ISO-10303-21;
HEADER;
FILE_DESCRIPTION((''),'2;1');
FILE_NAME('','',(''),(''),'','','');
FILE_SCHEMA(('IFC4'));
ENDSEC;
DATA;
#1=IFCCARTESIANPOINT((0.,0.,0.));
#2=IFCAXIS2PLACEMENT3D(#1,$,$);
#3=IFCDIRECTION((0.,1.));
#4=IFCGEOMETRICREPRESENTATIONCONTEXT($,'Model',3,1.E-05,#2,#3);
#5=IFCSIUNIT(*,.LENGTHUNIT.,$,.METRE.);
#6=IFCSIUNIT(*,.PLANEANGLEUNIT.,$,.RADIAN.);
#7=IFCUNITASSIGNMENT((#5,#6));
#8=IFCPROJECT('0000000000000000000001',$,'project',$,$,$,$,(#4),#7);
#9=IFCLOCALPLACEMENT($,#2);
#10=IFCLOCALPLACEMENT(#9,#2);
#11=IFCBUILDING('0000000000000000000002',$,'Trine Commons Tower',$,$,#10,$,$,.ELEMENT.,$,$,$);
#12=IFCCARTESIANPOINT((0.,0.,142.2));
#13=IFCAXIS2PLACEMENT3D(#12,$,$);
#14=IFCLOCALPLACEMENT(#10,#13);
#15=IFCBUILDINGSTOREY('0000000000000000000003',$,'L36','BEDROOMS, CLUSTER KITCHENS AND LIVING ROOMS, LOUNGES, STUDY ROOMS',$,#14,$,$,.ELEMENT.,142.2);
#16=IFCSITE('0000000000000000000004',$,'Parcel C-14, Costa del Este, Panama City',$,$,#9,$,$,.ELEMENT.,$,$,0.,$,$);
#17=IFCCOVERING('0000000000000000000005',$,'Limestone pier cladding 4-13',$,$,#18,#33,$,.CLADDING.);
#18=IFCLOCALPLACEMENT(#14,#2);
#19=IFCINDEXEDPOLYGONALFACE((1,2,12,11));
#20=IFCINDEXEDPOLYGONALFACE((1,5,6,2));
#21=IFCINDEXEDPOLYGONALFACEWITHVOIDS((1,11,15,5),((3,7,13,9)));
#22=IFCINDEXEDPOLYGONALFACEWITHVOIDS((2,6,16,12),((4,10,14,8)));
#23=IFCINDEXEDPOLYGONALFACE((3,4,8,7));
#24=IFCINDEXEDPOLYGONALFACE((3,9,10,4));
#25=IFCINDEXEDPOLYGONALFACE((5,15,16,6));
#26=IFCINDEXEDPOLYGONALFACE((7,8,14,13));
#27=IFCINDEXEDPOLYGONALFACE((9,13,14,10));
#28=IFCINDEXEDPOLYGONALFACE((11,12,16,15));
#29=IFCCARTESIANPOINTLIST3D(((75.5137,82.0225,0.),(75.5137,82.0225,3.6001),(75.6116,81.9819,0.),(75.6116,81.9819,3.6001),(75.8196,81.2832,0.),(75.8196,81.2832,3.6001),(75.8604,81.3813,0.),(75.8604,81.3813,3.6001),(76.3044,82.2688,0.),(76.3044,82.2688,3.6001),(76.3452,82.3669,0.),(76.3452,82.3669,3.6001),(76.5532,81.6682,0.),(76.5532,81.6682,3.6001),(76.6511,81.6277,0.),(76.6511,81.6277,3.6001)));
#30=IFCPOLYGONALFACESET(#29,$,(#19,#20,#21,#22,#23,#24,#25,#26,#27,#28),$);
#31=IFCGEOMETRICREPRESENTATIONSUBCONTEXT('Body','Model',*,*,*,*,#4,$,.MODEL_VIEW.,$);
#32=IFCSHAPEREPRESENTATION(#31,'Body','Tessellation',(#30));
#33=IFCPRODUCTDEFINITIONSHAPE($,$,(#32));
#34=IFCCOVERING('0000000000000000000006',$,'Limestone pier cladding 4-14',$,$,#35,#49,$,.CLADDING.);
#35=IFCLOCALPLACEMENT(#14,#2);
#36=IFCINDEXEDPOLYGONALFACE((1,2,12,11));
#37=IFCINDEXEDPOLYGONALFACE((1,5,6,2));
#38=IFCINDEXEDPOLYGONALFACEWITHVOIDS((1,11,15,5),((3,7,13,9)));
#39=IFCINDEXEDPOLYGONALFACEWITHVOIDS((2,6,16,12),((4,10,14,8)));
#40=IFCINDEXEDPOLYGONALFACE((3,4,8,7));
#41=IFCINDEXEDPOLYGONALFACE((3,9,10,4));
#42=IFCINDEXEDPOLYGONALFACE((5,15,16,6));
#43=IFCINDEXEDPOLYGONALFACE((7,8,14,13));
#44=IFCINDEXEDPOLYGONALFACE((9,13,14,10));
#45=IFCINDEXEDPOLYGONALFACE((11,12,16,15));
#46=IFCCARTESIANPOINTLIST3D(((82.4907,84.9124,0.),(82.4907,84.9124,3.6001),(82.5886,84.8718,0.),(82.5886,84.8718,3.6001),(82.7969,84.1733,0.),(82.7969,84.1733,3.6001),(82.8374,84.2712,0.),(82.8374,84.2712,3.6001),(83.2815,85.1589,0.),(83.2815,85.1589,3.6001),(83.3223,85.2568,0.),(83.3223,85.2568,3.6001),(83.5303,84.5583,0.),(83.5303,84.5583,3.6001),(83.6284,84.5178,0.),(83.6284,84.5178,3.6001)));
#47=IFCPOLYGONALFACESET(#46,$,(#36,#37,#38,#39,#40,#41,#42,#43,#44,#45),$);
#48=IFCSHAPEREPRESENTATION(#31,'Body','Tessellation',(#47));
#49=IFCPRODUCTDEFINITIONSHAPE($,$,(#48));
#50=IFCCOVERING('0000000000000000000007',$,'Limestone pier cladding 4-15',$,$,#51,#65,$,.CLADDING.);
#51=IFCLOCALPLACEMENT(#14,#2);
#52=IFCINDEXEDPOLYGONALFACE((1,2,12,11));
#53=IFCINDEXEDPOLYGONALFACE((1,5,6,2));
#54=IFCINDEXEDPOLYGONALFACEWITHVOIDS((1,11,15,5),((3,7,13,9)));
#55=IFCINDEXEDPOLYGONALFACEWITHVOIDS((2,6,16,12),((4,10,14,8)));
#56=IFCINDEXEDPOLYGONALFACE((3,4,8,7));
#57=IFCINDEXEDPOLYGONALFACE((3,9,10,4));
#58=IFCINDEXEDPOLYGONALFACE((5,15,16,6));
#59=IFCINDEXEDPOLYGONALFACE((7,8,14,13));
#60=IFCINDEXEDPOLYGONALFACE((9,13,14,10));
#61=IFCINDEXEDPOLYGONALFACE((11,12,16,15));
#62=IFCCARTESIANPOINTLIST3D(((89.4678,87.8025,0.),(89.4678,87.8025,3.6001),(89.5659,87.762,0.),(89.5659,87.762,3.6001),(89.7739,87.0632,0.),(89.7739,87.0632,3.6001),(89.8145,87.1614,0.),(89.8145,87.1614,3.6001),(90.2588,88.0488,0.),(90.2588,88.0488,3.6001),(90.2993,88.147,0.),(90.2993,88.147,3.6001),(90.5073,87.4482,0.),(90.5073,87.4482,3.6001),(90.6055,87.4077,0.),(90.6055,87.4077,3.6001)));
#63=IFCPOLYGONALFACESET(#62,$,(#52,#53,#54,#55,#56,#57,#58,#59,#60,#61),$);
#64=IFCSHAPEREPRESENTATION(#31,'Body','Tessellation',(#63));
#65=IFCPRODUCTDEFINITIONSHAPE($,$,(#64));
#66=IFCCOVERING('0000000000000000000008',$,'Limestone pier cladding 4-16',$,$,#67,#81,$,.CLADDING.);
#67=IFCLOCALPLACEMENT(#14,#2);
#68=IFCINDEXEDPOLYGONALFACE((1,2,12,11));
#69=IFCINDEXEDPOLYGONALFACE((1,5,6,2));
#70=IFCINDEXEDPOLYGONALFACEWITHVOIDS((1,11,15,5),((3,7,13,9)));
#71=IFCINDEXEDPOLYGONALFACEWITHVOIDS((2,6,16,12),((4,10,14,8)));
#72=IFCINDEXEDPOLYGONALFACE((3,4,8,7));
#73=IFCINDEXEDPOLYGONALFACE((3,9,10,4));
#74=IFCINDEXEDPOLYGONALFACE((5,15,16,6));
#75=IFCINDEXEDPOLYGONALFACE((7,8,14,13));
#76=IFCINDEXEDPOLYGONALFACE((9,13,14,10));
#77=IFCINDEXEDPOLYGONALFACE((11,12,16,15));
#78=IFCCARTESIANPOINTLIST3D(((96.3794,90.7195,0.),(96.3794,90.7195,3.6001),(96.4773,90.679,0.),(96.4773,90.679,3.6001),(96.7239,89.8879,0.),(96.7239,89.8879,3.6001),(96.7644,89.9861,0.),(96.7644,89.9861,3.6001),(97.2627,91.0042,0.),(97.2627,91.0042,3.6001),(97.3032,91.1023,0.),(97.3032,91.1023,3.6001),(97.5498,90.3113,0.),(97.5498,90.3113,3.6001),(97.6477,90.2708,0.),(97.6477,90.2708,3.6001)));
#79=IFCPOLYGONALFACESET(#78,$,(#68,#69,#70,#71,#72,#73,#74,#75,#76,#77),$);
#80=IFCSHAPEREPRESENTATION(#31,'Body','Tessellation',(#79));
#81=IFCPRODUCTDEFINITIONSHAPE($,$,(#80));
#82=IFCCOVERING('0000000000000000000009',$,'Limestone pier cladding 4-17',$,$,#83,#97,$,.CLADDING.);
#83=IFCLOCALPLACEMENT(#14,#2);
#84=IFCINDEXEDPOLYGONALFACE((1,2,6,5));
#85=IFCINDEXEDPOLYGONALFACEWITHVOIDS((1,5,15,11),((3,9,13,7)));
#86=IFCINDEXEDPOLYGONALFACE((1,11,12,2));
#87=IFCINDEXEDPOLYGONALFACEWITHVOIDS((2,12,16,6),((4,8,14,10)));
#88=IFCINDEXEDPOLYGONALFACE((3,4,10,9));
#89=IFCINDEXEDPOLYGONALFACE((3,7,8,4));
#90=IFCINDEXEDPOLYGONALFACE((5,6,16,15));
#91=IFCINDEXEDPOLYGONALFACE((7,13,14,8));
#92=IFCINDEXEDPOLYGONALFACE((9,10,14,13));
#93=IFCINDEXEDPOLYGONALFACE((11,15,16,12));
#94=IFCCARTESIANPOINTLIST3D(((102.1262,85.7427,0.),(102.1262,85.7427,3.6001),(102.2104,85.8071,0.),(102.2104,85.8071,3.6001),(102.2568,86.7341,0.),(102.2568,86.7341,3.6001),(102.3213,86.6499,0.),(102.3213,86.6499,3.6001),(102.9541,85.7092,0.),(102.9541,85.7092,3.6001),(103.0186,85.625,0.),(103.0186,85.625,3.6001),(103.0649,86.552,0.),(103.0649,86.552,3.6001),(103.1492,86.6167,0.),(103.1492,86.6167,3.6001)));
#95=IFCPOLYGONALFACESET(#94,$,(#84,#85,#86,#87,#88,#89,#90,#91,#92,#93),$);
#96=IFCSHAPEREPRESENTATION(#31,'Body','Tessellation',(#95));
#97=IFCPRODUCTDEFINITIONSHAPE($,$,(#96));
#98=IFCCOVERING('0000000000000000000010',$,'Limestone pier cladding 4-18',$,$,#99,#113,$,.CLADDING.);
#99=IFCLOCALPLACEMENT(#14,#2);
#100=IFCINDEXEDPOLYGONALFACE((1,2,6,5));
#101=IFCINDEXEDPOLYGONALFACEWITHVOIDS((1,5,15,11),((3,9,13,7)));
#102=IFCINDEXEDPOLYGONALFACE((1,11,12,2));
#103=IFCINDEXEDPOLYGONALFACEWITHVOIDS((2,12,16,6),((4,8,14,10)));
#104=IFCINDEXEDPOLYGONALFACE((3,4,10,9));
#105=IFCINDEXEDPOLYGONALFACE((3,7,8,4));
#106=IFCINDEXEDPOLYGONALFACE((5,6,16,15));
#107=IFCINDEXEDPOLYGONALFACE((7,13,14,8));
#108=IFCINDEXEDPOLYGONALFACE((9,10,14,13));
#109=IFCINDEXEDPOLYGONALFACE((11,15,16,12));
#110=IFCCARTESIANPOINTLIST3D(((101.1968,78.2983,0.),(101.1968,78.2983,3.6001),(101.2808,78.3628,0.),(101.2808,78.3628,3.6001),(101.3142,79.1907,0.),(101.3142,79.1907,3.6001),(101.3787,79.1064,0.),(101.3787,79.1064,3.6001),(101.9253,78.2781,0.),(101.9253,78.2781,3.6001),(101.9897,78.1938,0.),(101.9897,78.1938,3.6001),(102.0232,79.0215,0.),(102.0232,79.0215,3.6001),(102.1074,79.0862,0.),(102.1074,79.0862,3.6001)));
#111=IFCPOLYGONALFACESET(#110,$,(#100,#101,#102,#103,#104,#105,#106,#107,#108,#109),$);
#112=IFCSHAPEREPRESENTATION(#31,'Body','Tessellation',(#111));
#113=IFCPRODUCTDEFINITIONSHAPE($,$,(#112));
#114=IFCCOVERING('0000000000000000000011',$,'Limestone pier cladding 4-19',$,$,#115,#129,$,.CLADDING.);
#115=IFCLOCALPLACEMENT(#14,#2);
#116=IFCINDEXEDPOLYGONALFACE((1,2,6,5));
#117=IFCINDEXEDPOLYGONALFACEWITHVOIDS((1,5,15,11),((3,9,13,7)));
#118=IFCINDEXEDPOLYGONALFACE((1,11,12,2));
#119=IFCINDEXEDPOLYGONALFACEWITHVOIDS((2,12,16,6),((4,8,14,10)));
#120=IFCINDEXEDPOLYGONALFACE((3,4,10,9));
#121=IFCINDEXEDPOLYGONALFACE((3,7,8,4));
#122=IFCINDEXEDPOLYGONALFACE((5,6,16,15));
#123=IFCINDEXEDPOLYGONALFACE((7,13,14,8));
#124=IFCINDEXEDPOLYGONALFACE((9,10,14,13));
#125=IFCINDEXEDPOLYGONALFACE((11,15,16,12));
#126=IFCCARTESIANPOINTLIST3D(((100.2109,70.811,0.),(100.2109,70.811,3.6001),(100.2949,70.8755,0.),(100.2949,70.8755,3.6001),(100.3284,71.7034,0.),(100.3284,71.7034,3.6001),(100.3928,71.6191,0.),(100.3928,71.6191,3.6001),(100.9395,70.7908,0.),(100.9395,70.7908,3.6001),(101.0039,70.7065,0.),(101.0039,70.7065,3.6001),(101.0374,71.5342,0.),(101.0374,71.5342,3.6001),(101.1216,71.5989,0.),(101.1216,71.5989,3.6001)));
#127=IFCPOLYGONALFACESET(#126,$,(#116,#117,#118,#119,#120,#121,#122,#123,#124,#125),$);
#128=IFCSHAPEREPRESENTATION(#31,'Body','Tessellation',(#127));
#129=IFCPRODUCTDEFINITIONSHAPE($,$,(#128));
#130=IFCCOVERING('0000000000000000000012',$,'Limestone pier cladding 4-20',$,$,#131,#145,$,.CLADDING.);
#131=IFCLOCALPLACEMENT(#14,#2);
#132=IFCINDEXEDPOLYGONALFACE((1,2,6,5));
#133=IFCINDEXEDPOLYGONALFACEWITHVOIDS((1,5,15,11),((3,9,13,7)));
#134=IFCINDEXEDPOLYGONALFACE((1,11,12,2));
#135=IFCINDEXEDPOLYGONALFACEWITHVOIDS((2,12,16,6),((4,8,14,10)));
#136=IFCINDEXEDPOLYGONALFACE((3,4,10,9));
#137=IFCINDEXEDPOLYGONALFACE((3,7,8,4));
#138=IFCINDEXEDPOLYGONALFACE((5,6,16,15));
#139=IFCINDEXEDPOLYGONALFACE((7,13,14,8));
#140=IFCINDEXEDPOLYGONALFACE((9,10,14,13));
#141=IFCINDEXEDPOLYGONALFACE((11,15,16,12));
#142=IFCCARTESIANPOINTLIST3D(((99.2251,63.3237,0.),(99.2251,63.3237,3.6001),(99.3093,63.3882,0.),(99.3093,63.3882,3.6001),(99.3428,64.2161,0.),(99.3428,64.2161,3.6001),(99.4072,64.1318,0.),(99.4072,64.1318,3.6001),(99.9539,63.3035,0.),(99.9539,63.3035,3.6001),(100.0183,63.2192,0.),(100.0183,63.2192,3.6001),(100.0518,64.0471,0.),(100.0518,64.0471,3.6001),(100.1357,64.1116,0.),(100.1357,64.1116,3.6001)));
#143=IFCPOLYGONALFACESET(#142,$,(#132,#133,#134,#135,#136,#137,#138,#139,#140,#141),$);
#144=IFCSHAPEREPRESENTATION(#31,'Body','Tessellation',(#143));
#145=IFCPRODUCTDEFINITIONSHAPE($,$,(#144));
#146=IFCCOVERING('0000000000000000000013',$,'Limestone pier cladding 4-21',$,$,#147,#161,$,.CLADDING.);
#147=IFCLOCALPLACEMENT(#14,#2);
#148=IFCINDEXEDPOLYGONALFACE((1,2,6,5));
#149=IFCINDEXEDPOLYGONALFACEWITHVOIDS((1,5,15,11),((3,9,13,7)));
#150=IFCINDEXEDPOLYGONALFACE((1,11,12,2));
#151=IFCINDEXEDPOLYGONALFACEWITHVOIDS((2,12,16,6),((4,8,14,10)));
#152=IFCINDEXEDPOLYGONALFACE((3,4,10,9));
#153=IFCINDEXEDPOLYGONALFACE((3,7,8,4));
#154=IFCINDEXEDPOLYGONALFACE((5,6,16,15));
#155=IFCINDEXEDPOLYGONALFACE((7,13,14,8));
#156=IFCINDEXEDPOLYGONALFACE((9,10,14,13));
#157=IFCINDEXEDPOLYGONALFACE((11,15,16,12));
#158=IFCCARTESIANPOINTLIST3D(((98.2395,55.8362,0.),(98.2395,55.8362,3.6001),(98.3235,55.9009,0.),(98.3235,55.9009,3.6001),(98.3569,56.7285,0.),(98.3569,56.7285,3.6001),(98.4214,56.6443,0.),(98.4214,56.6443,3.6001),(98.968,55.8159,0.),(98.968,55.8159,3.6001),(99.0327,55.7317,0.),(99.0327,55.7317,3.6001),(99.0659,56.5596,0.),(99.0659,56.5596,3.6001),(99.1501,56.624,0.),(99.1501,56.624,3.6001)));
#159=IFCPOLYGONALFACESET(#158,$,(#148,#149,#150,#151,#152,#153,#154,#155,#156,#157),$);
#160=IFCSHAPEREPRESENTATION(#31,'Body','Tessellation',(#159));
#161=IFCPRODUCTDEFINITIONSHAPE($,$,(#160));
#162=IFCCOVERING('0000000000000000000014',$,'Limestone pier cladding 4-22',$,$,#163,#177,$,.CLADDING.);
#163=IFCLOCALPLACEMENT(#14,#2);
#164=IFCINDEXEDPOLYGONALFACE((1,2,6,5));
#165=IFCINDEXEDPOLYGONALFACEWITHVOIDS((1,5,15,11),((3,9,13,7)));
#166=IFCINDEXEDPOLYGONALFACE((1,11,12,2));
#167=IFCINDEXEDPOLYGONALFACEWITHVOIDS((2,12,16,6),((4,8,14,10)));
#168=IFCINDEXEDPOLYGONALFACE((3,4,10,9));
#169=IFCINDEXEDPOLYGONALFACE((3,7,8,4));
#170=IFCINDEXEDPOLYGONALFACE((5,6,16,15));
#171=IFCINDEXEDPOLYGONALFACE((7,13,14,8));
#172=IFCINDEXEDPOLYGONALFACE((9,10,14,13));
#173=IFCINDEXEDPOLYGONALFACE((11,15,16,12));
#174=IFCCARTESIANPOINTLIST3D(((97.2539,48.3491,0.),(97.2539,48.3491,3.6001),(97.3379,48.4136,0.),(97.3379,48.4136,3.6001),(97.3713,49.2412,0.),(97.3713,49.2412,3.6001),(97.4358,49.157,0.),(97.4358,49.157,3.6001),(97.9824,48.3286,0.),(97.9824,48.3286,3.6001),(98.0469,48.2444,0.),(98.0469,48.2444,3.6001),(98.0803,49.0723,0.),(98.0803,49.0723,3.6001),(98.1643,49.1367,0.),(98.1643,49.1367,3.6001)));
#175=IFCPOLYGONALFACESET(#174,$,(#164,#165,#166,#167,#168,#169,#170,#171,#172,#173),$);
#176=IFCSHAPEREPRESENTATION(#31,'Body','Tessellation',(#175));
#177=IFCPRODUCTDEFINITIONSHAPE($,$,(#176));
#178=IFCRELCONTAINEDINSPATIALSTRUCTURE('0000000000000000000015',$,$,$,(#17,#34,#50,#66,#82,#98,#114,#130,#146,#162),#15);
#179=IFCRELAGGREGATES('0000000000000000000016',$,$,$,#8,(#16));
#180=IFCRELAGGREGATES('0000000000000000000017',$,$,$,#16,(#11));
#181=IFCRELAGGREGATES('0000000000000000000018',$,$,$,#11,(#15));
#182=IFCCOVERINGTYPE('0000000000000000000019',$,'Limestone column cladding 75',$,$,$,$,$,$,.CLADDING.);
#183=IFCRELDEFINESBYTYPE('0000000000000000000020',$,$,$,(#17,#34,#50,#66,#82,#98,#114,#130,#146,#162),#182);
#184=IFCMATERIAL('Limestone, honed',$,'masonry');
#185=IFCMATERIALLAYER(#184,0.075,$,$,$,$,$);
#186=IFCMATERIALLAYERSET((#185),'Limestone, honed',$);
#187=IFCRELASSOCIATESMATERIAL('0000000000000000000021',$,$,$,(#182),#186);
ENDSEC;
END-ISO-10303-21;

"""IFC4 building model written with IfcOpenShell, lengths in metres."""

from ifc_helpers import new_model, si_unit, direction, frame, origin, place, context, subcontext, project, spatial, polyline, outline, extrude, material, layer, layer_set, type_object, element, save


model = new_model("IFC4")

# Units and contexts
model_context = context("Model", 3, precision=1e-05, world=origin(), true_north=direction((0.0, 1.0)))
body_context = subcontext(model_context, "Body", "Model", "MODEL_VIEW")
ifc_project = project(units=[si_unit("LENGTHUNIT", "METRE"), si_unit("PLANEANGLEUNIT", "RADIAN")], contexts=[model_context])

# Site, building, storey
site_placement = place(None, origin())
site = spatial("IfcSite", under=ifc_project, at=site_placement, Name="Parcel C-14, Costa del Este, Panama City", CompositionType="ELEMENT", RefElevation=0.0)
building_placement = place(site_placement, origin())
building = spatial("IfcBuilding", under=site, at=building_placement, Name="Trine Commons Tower", CompositionType="ELEMENT")
storey_placement = place(building_placement, frame((0.0, 0.0, 142.2)))
storey = spatial("IfcBuildingStorey", under=building, at=storey_placement, Name="L36", Description="BEDROOMS, CLUSTER KITCHENS AND LIVING ROOMS, LOUNGES, STUDY ROOMS", CompositionType="ELEMENT", Elevation=142.2)

# Coverings
ifc_material_1 = material(Name="Limestone, honed", Category="masonry")
ifc_layer_1 = layer(ifc_material_1, 0.075)
ifc_layer_set_1 = layer_set([ifc_layer_1], Name="Limestone, honed")
covering_type_1 = type_object("IfcCoveringType", Name="Limestone column cladding 75", PredefinedType="CLADDING", material=ifc_layer_set_1)
covering_1_placement = place(storey_placement, origin())
element("IfcCovering", 1, at=covering_1_placement, inside=storey, type_object=covering_type_1, Name="Limestone pier cladding 4-13", PredefinedType="CLADDING", context=body_context, shape_type="SweptSolid", body=[
    extrude(outline(polyline([(76.6511, 81.6277), (76.3452, 82.3669), (75.5137, 82.0225), (75.8196, 81.2832), (76.6511, 81.6277)]), holes=[polyline([(76.5532, 81.6682), (76.3044, 82.2688), (75.6116, 81.9819), (75.8604, 81.3813), (76.5532, 81.6682)])]), origin(), (0.0, 0.0, 1.0), 3.6001),
])
covering_2_placement = place(storey_placement, origin())
element("IfcCovering", 2, at=covering_2_placement, inside=storey, type_object=covering_type_1, Name="Limestone pier cladding 4-14", PredefinedType="CLADDING", context=body_context, shape_type="SweptSolid", body=[
    extrude(outline(polyline([(83.6284, 84.5178), (83.3223, 85.2568), (82.4907, 84.9124), (82.7969, 84.1733), (83.6284, 84.5178)]), holes=[polyline([(83.5303, 84.5583), (83.2815, 85.1589), (82.5886, 84.8718), (82.8374, 84.2712), (83.5303, 84.5583)])]), origin(), (0.0, 0.0, 1.0), 3.6001),
])
covering_3_placement = place(storey_placement, origin())
element("IfcCovering", 3, at=covering_3_placement, inside=storey, type_object=covering_type_1, Name="Limestone pier cladding 4-15", PredefinedType="CLADDING", context=body_context, shape_type="SweptSolid", body=[
    extrude(outline(polyline([(90.6055, 87.4077), (90.2993, 88.147), (89.4678, 87.8025), (89.7739, 87.0632), (90.6055, 87.4077)]), holes=[polyline([(90.5073, 87.4482), (90.2588, 88.0488), (89.5659, 87.762), (89.8145, 87.1614), (90.5073, 87.4482)])]), origin(), (0.0, 0.0, 1.0), 3.6001),
])
covering_4_placement = place(storey_placement, origin())
element("IfcCovering", 4, at=covering_4_placement, inside=storey, type_object=covering_type_1, Name="Limestone pier cladding 4-16", PredefinedType="CLADDING", context=body_context, shape_type="SweptSolid", body=[
    extrude(outline(polyline([(97.6477, 90.2708), (97.3032, 91.1023), (96.3794, 90.7195), (96.7239, 89.8879), (97.6477, 90.2708)]), holes=[polyline([(97.5498, 90.3113), (97.2627, 91.0042), (96.4773, 90.679), (96.7644, 89.9861), (97.5498, 90.3113)])]), origin(), (0.0, 0.0, 1.0), 3.6001),
])
covering_5_placement = place(storey_placement, origin())
element("IfcCovering", 5, at=covering_5_placement, inside=storey, type_object=covering_type_1, Name="Limestone pier cladding 4-17", PredefinedType="CLADDING", context=body_context, shape_type="SweptSolid", body=[
    extrude(outline(polyline([(103.1492, 86.6167), (102.2568, 86.7341), (102.1262, 85.7427), (103.0186, 85.625), (103.1492, 86.6167)]), holes=[polyline([(103.0649, 86.552), (102.3213, 86.6499), (102.2104, 85.8071), (102.9541, 85.7092), (103.0649, 86.552)])]), origin(), (0.0, 0.0, 1.0), 3.6001),
])
covering_6_placement = place(storey_placement, origin())
element("IfcCovering", 6, at=covering_6_placement, inside=storey, type_object=covering_type_1, Name="Limestone pier cladding 4-18", PredefinedType="CLADDING", context=body_context, shape_type="SweptSolid", body=[
    extrude(outline(polyline([(102.1074, 79.0862), (101.3142, 79.1907), (101.1968, 78.2983), (101.9897, 78.1938), (102.1074, 79.0862)]), holes=[polyline([(102.0232, 79.0215), (101.3787, 79.1064), (101.2808, 78.3628), (101.9253, 78.2781), (102.0232, 79.0215)])]), origin(), (0.0, 0.0, 1.0), 3.6001),
])
covering_7_placement = place(storey_placement, origin())
element("IfcCovering", 7, at=covering_7_placement, inside=storey, type_object=covering_type_1, Name="Limestone pier cladding 4-19", PredefinedType="CLADDING", context=body_context, shape_type="SweptSolid", body=[
    extrude(outline(polyline([(101.1216, 71.5989), (100.3284, 71.7034), (100.2109, 70.811), (101.0039, 70.7065), (101.1216, 71.5989)]), holes=[polyline([(101.0374, 71.5342), (100.3928, 71.6191), (100.2949, 70.8755), (100.9395, 70.7908), (101.0374, 71.5342)])]), origin(), (0.0, 0.0, 1.0), 3.6001),
])
covering_8_placement = place(storey_placement, origin())
element("IfcCovering", 8, at=covering_8_placement, inside=storey, type_object=covering_type_1, Name="Limestone pier cladding 4-20", PredefinedType="CLADDING", context=body_context, shape_type="SweptSolid", body=[
    extrude(outline(polyline([(100.1357, 64.1116), (99.3428, 64.2161), (99.2251, 63.3237), (100.0183, 63.2192), (100.1357, 64.1116)]), holes=[polyline([(100.0518, 64.0471), (99.4072, 64.1318), (99.3093, 63.3882), (99.9539, 63.3035), (100.0518, 64.0471)])]), origin(), (0.0, 0.0, 1.0), 3.6001),
])
covering_9_placement = place(storey_placement, origin())
element("IfcCovering", 9, at=covering_9_placement, inside=storey, type_object=covering_type_1, Name="Limestone pier cladding 4-21", PredefinedType="CLADDING", context=body_context, shape_type="SweptSolid", body=[
    extrude(outline(polyline([(99.1501, 56.624), (98.3569, 56.7285), (98.2395, 55.8362), (99.0327, 55.7317), (99.1501, 56.624)]), holes=[polyline([(99.0659, 56.5596), (98.4214, 56.6443), (98.3235, 55.9009), (98.968, 55.8159), (99.0659, 56.5596)])]), origin(), (0.0, 0.0, 1.0), 3.6001),
])
covering_10_placement = place(storey_placement, origin())
element("IfcCovering", 10, at=covering_10_placement, inside=storey, type_object=covering_type_1, Name="Limestone pier cladding 4-22", PredefinedType="CLADDING", context=body_context, shape_type="SweptSolid", body=[
    extrude(outline(polyline([(98.1643, 49.1367), (97.3713, 49.2412), (97.2539, 48.3491), (98.0469, 48.2444), (98.1643, 49.1367)]), holes=[polyline([(98.0803, 49.0723), (97.4358, 49.157), (97.3379, 48.4136), (97.9824, 48.3286), (98.0803, 49.0723)])]), origin(), (0.0, 0.0, 1.0), 3.6001),
])

save(model, "model.ifc")
